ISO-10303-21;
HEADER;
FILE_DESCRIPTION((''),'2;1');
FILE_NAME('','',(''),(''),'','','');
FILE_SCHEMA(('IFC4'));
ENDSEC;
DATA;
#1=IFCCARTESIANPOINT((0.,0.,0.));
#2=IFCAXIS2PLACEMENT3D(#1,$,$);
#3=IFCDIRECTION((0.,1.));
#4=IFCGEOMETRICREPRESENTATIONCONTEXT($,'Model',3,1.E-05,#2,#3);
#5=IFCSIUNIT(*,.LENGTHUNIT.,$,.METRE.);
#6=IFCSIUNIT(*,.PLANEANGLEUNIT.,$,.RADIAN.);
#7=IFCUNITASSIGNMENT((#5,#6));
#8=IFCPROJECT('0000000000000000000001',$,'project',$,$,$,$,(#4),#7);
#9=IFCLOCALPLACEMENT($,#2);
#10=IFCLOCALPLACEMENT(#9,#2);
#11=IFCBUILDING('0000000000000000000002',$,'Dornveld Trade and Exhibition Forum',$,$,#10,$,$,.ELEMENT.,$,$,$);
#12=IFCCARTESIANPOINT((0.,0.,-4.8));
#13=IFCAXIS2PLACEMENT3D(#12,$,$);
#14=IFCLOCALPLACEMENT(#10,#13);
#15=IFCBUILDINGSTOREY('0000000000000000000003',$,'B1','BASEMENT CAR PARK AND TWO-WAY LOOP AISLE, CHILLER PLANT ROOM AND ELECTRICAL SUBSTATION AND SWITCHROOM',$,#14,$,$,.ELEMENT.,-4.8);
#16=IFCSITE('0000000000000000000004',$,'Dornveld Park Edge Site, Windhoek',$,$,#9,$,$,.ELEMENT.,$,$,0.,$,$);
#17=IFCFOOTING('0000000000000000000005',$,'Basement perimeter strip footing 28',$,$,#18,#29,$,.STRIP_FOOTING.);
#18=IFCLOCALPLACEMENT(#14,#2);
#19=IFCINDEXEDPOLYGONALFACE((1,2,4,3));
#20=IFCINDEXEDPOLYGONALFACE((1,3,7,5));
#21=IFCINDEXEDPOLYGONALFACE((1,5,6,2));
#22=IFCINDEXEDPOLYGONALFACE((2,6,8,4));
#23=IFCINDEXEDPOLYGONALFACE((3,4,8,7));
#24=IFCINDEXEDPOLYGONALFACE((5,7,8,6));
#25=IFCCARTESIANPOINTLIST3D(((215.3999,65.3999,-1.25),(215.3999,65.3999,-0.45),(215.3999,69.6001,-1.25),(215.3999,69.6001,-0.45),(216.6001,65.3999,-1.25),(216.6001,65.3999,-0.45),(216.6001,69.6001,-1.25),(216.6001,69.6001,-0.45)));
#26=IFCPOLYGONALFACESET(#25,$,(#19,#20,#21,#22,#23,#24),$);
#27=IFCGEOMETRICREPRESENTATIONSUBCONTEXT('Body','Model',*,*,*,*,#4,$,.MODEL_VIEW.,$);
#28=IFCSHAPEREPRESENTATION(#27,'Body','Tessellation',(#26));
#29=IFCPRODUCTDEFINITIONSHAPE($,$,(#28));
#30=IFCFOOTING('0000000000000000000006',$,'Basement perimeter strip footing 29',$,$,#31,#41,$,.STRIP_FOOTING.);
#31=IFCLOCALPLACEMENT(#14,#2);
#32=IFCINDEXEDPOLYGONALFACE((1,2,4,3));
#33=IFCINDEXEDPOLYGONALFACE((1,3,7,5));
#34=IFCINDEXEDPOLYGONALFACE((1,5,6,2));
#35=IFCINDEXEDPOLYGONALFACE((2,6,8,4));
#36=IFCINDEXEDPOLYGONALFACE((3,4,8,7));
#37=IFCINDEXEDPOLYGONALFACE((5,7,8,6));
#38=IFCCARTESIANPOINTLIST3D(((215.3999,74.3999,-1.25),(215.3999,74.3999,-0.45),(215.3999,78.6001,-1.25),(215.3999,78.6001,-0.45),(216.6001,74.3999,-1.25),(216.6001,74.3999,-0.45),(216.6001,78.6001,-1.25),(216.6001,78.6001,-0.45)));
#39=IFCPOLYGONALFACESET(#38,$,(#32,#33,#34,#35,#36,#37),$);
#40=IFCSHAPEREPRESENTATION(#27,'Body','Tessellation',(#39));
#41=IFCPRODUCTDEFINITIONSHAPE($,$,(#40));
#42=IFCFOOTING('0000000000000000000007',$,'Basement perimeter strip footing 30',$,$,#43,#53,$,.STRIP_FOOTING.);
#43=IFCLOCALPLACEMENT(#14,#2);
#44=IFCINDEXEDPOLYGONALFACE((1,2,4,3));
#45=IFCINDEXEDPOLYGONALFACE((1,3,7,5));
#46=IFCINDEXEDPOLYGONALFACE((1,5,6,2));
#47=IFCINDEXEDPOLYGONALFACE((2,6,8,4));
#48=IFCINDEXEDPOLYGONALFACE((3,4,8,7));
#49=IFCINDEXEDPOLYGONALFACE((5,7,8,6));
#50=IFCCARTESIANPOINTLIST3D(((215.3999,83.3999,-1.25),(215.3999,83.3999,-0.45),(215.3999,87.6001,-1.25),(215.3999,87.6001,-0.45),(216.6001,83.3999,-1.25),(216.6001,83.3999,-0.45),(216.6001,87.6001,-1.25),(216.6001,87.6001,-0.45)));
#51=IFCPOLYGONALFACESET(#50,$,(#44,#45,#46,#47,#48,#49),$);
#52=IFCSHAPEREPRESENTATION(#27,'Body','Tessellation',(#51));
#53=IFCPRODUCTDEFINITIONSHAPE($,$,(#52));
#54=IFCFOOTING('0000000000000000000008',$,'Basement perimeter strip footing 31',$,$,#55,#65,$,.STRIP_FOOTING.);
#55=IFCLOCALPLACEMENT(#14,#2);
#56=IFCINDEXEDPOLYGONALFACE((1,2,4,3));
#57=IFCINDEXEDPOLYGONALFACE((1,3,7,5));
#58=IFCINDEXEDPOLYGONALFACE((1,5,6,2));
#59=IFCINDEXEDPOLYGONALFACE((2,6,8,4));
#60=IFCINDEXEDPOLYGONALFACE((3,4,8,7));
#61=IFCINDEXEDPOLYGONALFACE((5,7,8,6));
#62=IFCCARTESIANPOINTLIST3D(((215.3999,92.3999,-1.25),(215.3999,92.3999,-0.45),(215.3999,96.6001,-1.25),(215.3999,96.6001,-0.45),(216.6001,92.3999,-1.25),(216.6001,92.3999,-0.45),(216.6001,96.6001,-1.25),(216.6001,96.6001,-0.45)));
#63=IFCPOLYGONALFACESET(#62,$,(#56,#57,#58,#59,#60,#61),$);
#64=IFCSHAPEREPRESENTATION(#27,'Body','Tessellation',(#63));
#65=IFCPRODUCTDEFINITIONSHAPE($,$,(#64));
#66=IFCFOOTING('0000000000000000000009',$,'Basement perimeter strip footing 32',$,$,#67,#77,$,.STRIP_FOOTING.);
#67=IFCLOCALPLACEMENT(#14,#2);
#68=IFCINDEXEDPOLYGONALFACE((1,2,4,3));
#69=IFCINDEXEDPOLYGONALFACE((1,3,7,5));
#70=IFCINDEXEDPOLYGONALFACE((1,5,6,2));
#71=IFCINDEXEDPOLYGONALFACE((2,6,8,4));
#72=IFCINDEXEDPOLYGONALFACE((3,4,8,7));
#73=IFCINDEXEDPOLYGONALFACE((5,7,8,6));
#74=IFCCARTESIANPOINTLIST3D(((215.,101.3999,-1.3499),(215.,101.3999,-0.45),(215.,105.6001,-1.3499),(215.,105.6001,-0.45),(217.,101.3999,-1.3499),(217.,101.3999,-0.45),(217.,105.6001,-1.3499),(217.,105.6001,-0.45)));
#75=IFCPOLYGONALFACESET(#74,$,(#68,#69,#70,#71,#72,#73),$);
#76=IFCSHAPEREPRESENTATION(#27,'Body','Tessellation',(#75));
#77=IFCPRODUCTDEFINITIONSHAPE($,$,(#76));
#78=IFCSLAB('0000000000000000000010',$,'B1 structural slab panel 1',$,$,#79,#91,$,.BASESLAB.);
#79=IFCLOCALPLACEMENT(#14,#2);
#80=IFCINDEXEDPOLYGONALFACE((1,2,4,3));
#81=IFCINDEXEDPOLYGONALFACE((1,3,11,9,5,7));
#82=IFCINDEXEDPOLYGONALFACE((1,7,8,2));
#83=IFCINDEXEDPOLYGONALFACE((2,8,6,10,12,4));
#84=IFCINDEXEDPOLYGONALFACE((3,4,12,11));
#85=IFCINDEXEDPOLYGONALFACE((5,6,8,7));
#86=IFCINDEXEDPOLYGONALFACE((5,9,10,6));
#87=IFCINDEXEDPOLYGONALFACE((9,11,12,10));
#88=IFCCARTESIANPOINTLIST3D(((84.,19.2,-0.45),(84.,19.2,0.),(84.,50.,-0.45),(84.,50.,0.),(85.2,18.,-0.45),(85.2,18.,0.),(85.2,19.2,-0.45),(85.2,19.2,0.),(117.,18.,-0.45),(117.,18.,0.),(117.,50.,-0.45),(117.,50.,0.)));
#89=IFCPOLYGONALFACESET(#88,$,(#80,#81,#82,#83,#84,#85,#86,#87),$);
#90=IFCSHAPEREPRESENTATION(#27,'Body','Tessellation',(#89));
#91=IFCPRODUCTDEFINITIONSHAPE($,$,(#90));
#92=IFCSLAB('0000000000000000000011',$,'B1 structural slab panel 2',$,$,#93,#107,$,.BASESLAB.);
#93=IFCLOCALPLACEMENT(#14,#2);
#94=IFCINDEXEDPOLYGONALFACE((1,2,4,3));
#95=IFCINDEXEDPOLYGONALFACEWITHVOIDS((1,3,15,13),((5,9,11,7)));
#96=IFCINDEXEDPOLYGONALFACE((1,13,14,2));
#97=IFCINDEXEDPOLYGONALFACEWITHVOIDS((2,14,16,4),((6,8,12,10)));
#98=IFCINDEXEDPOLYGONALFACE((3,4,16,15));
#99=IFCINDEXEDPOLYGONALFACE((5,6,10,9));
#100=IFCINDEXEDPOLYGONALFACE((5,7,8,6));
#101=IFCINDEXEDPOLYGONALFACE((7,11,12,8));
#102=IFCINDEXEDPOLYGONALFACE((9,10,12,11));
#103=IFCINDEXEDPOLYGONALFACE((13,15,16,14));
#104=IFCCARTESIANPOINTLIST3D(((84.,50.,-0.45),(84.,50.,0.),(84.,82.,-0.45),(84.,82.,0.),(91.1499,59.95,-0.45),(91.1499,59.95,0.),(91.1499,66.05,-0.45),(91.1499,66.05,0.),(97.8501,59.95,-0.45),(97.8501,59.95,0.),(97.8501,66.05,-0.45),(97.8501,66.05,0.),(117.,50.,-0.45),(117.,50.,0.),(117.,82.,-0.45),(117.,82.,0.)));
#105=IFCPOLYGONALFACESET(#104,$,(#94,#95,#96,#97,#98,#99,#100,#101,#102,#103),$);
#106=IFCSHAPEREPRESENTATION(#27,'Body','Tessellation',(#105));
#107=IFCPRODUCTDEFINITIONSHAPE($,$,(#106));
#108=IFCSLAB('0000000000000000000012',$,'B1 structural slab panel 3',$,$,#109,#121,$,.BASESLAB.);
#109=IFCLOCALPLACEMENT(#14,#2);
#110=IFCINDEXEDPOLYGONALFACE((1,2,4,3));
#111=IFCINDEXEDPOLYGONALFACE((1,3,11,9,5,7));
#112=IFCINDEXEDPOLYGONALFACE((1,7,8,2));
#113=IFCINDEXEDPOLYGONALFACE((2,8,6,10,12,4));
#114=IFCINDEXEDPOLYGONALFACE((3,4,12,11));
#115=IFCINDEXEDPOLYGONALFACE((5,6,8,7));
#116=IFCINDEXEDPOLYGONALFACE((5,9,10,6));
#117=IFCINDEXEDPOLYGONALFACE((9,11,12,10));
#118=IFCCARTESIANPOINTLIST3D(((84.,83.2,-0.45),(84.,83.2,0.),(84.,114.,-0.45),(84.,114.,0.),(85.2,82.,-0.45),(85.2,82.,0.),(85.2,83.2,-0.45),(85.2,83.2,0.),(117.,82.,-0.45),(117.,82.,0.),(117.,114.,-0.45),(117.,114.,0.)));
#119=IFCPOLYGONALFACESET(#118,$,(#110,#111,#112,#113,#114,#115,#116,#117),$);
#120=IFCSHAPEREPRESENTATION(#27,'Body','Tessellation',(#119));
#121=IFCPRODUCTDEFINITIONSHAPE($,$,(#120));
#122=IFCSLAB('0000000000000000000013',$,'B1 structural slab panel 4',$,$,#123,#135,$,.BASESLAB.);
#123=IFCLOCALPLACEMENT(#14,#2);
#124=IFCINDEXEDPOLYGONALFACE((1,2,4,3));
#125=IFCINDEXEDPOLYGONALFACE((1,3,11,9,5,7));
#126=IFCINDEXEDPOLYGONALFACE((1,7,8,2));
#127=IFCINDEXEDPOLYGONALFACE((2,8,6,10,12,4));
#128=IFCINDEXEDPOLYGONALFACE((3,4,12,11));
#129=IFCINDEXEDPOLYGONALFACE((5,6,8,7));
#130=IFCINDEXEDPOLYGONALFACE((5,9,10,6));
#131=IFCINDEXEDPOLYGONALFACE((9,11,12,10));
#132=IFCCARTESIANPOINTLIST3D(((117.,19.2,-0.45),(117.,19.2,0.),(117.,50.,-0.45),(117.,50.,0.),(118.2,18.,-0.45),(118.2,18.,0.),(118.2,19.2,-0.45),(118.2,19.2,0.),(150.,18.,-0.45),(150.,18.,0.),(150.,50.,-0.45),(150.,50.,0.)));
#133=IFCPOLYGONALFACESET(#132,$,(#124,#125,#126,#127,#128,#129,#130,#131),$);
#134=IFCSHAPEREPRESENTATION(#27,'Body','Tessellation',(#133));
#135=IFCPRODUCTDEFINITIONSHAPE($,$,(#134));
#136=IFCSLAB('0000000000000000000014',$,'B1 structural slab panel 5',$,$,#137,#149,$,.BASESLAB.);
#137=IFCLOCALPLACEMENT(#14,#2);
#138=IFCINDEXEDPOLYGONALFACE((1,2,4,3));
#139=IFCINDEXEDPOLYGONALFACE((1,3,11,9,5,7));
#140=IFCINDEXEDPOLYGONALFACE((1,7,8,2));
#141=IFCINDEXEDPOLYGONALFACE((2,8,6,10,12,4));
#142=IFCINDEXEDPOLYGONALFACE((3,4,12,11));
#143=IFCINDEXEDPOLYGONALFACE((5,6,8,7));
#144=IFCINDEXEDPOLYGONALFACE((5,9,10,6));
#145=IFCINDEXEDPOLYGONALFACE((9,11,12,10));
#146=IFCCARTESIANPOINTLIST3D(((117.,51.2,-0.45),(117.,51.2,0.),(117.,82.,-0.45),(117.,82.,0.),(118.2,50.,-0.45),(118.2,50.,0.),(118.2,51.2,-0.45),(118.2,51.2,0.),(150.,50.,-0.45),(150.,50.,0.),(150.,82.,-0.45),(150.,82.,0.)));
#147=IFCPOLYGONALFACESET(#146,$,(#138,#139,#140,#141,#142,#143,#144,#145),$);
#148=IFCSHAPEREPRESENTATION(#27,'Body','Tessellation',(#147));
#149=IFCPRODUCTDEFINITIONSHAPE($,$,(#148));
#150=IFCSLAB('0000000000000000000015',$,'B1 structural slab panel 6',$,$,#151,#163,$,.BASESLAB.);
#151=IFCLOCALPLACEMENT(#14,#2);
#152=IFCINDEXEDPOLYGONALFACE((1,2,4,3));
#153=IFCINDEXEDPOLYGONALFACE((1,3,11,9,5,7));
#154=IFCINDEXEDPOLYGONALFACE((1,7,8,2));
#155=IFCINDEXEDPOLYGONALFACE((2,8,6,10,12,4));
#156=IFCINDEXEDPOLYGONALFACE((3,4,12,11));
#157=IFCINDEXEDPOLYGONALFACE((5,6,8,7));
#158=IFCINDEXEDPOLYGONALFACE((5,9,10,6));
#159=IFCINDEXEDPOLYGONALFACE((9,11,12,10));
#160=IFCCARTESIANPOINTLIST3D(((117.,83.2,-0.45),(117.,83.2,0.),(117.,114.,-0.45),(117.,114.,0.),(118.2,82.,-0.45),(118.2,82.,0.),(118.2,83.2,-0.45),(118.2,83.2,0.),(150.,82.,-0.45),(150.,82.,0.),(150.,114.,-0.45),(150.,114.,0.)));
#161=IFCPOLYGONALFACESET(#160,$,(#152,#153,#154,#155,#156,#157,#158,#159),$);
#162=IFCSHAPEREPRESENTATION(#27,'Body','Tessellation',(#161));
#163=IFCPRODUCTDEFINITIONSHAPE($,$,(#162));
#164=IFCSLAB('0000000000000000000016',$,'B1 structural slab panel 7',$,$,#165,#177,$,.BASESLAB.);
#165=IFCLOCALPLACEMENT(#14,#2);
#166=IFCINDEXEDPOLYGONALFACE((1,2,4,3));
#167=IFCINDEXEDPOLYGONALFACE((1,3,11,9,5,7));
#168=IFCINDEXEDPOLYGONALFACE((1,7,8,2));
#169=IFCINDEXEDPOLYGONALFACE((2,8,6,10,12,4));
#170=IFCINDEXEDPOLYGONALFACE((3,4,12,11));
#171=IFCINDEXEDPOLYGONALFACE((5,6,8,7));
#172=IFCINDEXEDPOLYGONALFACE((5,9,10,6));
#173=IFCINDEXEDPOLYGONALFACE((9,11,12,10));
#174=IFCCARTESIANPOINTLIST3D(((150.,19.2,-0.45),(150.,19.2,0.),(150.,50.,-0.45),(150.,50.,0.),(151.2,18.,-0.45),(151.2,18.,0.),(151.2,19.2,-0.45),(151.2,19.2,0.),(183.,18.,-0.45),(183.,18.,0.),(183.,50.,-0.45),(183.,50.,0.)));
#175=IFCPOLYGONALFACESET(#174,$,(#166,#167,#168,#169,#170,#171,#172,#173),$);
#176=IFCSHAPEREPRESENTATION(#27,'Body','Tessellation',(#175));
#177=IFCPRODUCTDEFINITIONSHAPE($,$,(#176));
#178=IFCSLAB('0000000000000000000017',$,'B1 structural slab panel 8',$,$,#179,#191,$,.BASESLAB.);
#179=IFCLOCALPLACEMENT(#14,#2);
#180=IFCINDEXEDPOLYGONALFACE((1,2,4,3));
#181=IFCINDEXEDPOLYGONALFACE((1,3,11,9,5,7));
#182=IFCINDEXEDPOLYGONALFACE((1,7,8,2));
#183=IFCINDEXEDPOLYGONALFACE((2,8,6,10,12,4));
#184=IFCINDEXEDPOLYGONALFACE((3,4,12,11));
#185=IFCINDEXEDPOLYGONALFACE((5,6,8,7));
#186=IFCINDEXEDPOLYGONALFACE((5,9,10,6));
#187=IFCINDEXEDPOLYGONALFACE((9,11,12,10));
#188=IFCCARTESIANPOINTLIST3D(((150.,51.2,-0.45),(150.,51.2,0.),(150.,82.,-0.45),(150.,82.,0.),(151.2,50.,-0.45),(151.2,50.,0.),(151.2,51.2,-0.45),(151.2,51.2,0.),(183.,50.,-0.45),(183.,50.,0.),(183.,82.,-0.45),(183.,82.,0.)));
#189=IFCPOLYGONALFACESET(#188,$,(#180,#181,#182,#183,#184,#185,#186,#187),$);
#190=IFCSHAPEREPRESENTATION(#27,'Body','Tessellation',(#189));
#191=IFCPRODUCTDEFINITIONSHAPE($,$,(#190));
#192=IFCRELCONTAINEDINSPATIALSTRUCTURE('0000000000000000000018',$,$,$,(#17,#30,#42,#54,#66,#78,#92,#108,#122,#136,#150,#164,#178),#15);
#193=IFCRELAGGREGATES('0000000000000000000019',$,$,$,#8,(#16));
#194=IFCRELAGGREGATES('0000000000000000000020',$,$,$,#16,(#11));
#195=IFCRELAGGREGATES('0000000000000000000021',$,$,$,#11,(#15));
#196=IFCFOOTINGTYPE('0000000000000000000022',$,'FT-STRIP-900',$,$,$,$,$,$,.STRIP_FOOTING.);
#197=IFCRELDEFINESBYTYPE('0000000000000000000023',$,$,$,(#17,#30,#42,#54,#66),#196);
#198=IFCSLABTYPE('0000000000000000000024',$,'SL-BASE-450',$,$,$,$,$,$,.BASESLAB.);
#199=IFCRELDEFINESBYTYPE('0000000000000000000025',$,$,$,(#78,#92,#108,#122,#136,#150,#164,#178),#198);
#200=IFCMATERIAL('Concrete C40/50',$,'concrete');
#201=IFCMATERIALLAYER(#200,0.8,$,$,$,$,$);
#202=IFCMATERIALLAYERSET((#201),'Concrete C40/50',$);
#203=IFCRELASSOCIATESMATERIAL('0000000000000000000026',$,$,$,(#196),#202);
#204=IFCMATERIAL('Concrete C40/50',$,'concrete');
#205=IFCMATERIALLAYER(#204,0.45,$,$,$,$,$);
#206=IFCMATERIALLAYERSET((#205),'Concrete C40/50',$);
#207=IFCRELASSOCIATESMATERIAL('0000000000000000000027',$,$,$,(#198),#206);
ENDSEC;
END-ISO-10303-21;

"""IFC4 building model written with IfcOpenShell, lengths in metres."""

from ifc_helpers import new_model, si_unit, direction, frame, origin, place, context, subcontext, project, spatial, polyline, outline, extrude, material, layer, layer_set, type_object, element, save


model = new_model("IFC4")

# Units and contexts
model_context = context("Model", 3, precision=1e-05, world=origin(), true_north=direction((0.0, 1.0)))
body_context = subcontext(model_context, "Body", "Model", "MODEL_VIEW")
ifc_project = project(units=[si_unit("LENGTHUNIT", "METRE"), si_unit("PLANEANGLEUNIT", "RADIAN")], contexts=[model_context])

# Site, building, storey
site_placement = place(None, origin())
site = spatial("IfcSite", under=ifc_project, at=site_placement, Name="Dornveld Park Edge Site, Windhoek", CompositionType="ELEMENT", RefElevation=0.0)
building_placement = place(site_placement, origin())
building = spatial("IfcBuilding", under=site, at=building_placement, Name="Dornveld Trade and Exhibition Forum", CompositionType="ELEMENT")
storey_placement = place(building_placement, frame((0.0, 0.0, -4.8)))
storey = spatial("IfcBuildingStorey", under=building, at=storey_placement, Name="B1", Description="BASEMENT CAR PARK AND TWO-WAY LOOP AISLE, CHILLER PLANT ROOM AND ELECTRICAL SUBSTATION AND SWITCHROOM", CompositionType="ELEMENT", Elevation=-4.8)

# Footings
ifc_material_1 = material(Name="Concrete C40/50", Category="concrete")
ifc_layer_1 = layer(ifc_material_1, 0.8)
ifc_layer_set_1 = layer_set([ifc_layer_1], Name="Concrete C40/50")
footing_type_1 = type_object("IfcFootingType", Name="FT-STRIP-900", PredefinedType="STRIP_FOOTING", material=ifc_layer_set_1)
footing_1_placement = place(storey_placement, frame((0.0, 0.0, -1.25)))
element("IfcFooting", 1, at=footing_1_placement, inside=storey, type_object=footing_type_1, Name="Basement perimeter strip footing 28", PredefinedType="STRIP_FOOTING", context=body_context, shape_type="SweptSolid", body=[
    extrude(outline(polyline([(215.3999, 65.3999), (216.6001, 65.3999), (216.6001, 69.6001), (215.3999, 69.6001), (215.3999, 65.3999)])), origin(), (0.0, 0.0, 1.0), 0.8),
])
footing_2_placement = place(storey_placement, frame((0.0, 0.0, -1.25)))
element("IfcFooting", 2, at=footing_2_placement, inside=storey, type_object=footing_type_1, Name="Basement perimeter strip footing 29", PredefinedType="STRIP_FOOTING", context=body_context, shape_type="SweptSolid", body=[
    extrude(outline(polyline([(215.3999, 74.3999), (216.6001, 74.3999), (216.6001, 78.6001), (215.3999, 78.6001), (215.3999, 74.3999)])), origin(), (0.0, 0.0, 1.0), 0.8),
])
footing_3_placement = place(storey_placement, frame((0.0, 0.0, -1.25)))
element("IfcFooting", 3, at=footing_3_placement, inside=storey, type_object=footing_type_1, Name="Basement perimeter strip footing 30", PredefinedType="STRIP_FOOTING", context=body_context, shape_type="SweptSolid", body=[
    extrude(outline(polyline([(215.3999, 83.3999), (216.6001, 83.3999), (216.6001, 87.6001), (215.3999, 87.6001), (215.3999, 83.3999)])), origin(), (0.0, 0.0, 1.0), 0.8),
])
footing_4_placement = place(storey_placement, frame((0.0, 0.0, -1.25)))
element("IfcFooting", 4, at=footing_4_placement, inside=storey, type_object=footing_type_1, Name="Basement perimeter strip footing 31", PredefinedType="STRIP_FOOTING", context=body_context, shape_type="SweptSolid", body=[
    extrude(outline(polyline([(215.3999, 92.3999), (216.6001, 92.3999), (216.6001, 96.6001), (215.3999, 96.6001), (215.3999, 92.3999)])), origin(), (0.0, 0.0, 1.0), 0.8),
])
footing_5_placement = place(storey_placement, frame((0.0, 0.0, -1.3499)))
element("IfcFooting", 5, at=footing_5_placement, inside=storey, type_object=footing_type_1, Name="Basement perimeter strip footing 32", PredefinedType="STRIP_FOOTING", context=body_context, shape_type="SweptSolid", body=[
    extrude(outline(polyline([(215.0, 101.3999), (217.0, 101.3999), (217.0, 105.6001), (215.0, 105.6001), (215.0, 101.3999)])), origin(), (0.0, 0.0, 1.0), 0.8999),
])

# Slabs
ifc_material_2 = material(Name="Concrete C40/50", Category="concrete")
ifc_layer_2 = layer(ifc_material_2, 0.45)
ifc_layer_set_2 = layer_set([ifc_layer_2], Name="Concrete C40/50")
slab_type = type_object("IfcSlabType", Name="SL-BASE-450", PredefinedType="BASESLAB", material=ifc_layer_set_2)
slab_1_placement = place(storey_placement, frame((0.0, 0.0, -0.45)))
element("IfcSlab", 6, at=slab_1_placement, inside=storey, type_object=slab_type, Name="B1 structural slab panel 1", PredefinedType="BASESLAB", context=body_context, shape_type="SweptSolid", body=[
    extrude(outline(polyline([(85.2, 18.0), (117.0, 18.0), (117.0, 50.0), (84.0, 50.0), (84.0, 19.2), (85.2, 19.2), (85.2, 18.0)])), origin(), (0.0, 0.0, 1.0), 0.45),
])
slab_2_placement = place(storey_placement, frame((0.0, 0.0, -0.45)))
element("IfcSlab", 7, at=slab_2_placement, inside=storey, type_object=slab_type, Name="B1 structural slab panel 2", PredefinedType="BASESLAB", context=body_context, shape_type="SweptSolid", body=[
    extrude(outline(polyline([(84.0, 50.0), (117.0, 50.0), (117.0, 82.0), (84.0, 82.0), (84.0, 50.0)]), holes=[polyline([(91.1499, 59.95), (97.8501, 59.95), (97.8501, 66.05), (91.1499, 66.05), (91.1499, 59.95)])]), origin(), (0.0, 0.0, 1.0), 0.45),
])
slab_3_placement = place(storey_placement, frame((0.0, 0.0, -0.45)))
element("IfcSlab", 8, at=slab_3_placement, inside=storey, type_object=slab_type, Name="B1 structural slab panel 3", PredefinedType="BASESLAB", context=body_context, shape_type="SweptSolid", body=[
    extrude(outline(polyline([(85.2, 82.0), (117.0, 82.0), (117.0, 114.0), (84.0, 114.0), (84.0, 83.2), (85.2, 83.2), (85.2, 82.0)])), origin(), (0.0, 0.0, 1.0), 0.45),
])
slab_4_placement = place(storey_placement, frame((0.0, 0.0, -0.45)))
element("IfcSlab", 9, at=slab_4_placement, inside=storey, type_object=slab_type, Name="B1 structural slab panel 4", PredefinedType="BASESLAB", context=body_context, shape_type="SweptSolid", body=[
    extrude(outline(polyline([(118.2, 18.0), (150.0, 18.0), (150.0, 50.0), (117.0, 50.0), (117.0, 19.2), (118.2, 19.2), (118.2, 18.0)])), origin(), (0.0, 0.0, 1.0), 0.45),
])
slab_5_placement = place(storey_placement, frame((0.0, 0.0, -0.45)))
element("IfcSlab", 10, at=slab_5_placement, inside=storey, type_object=slab_type, Name="B1 structural slab panel 5", PredefinedType="BASESLAB", context=body_context, shape_type="SweptSolid", body=[
    extrude(outline(polyline([(118.2, 50.0), (150.0, 50.0), (150.0, 82.0), (117.0, 82.0), (117.0, 51.2), (118.2, 51.2), (118.2, 50.0)])), origin(), (0.0, 0.0, 1.0), 0.45),
])
slab_6_placement = place(storey_placement, frame((0.0, 0.0, -0.45)))
element("IfcSlab", 11, at=slab_6_placement, inside=storey, type_object=slab_type, Name="B1 structural slab panel 6", PredefinedType="BASESLAB", context=body_context, shape_type="SweptSolid", body=[
    extrude(outline(polyline([(118.2, 82.0), (150.0, 82.0), (150.0, 114.0), (117.0, 114.0), (117.0, 83.2), (118.2, 83.2), (118.2, 82.0)])), origin(), (0.0, 0.0, 1.0), 0.45),
])
slab_7_placement = place(storey_placement, frame((0.0, 0.0, -0.45)))
element("IfcSlab", 12, at=slab_7_placement, inside=storey, type_object=slab_type, Name="B1 structural slab panel 7", PredefinedType="BASESLAB", context=body_context, shape_type="SweptSolid", body=[
    extrude(outline(polyline([(151.2, 18.0), (183.0, 18.0), (183.0, 50.0), (150.0, 50.0), (150.0, 19.2), (151.2, 19.2), (151.2, 18.0)])), origin(), (0.0, 0.0, 1.0), 0.45),
])
slab_8_placement = place(storey_placement, frame((0.0, 0.0, -0.45)))
element("IfcSlab", 13, at=slab_8_placement, inside=storey, type_object=slab_type, Name="B1 structural slab panel 8", PredefinedType="BASESLAB", context=body_context, shape_type="SweptSolid", body=[
    extrude(outline(polyline([(151.2, 50.0), (183.0, 50.0), (183.0, 82.0), (150.0, 82.0), (150.0, 51.2), (151.2, 51.2), (151.2, 50.0)])), origin(), (0.0, 0.0, 1.0), 0.45),
])

save(model, "model.ifc")
